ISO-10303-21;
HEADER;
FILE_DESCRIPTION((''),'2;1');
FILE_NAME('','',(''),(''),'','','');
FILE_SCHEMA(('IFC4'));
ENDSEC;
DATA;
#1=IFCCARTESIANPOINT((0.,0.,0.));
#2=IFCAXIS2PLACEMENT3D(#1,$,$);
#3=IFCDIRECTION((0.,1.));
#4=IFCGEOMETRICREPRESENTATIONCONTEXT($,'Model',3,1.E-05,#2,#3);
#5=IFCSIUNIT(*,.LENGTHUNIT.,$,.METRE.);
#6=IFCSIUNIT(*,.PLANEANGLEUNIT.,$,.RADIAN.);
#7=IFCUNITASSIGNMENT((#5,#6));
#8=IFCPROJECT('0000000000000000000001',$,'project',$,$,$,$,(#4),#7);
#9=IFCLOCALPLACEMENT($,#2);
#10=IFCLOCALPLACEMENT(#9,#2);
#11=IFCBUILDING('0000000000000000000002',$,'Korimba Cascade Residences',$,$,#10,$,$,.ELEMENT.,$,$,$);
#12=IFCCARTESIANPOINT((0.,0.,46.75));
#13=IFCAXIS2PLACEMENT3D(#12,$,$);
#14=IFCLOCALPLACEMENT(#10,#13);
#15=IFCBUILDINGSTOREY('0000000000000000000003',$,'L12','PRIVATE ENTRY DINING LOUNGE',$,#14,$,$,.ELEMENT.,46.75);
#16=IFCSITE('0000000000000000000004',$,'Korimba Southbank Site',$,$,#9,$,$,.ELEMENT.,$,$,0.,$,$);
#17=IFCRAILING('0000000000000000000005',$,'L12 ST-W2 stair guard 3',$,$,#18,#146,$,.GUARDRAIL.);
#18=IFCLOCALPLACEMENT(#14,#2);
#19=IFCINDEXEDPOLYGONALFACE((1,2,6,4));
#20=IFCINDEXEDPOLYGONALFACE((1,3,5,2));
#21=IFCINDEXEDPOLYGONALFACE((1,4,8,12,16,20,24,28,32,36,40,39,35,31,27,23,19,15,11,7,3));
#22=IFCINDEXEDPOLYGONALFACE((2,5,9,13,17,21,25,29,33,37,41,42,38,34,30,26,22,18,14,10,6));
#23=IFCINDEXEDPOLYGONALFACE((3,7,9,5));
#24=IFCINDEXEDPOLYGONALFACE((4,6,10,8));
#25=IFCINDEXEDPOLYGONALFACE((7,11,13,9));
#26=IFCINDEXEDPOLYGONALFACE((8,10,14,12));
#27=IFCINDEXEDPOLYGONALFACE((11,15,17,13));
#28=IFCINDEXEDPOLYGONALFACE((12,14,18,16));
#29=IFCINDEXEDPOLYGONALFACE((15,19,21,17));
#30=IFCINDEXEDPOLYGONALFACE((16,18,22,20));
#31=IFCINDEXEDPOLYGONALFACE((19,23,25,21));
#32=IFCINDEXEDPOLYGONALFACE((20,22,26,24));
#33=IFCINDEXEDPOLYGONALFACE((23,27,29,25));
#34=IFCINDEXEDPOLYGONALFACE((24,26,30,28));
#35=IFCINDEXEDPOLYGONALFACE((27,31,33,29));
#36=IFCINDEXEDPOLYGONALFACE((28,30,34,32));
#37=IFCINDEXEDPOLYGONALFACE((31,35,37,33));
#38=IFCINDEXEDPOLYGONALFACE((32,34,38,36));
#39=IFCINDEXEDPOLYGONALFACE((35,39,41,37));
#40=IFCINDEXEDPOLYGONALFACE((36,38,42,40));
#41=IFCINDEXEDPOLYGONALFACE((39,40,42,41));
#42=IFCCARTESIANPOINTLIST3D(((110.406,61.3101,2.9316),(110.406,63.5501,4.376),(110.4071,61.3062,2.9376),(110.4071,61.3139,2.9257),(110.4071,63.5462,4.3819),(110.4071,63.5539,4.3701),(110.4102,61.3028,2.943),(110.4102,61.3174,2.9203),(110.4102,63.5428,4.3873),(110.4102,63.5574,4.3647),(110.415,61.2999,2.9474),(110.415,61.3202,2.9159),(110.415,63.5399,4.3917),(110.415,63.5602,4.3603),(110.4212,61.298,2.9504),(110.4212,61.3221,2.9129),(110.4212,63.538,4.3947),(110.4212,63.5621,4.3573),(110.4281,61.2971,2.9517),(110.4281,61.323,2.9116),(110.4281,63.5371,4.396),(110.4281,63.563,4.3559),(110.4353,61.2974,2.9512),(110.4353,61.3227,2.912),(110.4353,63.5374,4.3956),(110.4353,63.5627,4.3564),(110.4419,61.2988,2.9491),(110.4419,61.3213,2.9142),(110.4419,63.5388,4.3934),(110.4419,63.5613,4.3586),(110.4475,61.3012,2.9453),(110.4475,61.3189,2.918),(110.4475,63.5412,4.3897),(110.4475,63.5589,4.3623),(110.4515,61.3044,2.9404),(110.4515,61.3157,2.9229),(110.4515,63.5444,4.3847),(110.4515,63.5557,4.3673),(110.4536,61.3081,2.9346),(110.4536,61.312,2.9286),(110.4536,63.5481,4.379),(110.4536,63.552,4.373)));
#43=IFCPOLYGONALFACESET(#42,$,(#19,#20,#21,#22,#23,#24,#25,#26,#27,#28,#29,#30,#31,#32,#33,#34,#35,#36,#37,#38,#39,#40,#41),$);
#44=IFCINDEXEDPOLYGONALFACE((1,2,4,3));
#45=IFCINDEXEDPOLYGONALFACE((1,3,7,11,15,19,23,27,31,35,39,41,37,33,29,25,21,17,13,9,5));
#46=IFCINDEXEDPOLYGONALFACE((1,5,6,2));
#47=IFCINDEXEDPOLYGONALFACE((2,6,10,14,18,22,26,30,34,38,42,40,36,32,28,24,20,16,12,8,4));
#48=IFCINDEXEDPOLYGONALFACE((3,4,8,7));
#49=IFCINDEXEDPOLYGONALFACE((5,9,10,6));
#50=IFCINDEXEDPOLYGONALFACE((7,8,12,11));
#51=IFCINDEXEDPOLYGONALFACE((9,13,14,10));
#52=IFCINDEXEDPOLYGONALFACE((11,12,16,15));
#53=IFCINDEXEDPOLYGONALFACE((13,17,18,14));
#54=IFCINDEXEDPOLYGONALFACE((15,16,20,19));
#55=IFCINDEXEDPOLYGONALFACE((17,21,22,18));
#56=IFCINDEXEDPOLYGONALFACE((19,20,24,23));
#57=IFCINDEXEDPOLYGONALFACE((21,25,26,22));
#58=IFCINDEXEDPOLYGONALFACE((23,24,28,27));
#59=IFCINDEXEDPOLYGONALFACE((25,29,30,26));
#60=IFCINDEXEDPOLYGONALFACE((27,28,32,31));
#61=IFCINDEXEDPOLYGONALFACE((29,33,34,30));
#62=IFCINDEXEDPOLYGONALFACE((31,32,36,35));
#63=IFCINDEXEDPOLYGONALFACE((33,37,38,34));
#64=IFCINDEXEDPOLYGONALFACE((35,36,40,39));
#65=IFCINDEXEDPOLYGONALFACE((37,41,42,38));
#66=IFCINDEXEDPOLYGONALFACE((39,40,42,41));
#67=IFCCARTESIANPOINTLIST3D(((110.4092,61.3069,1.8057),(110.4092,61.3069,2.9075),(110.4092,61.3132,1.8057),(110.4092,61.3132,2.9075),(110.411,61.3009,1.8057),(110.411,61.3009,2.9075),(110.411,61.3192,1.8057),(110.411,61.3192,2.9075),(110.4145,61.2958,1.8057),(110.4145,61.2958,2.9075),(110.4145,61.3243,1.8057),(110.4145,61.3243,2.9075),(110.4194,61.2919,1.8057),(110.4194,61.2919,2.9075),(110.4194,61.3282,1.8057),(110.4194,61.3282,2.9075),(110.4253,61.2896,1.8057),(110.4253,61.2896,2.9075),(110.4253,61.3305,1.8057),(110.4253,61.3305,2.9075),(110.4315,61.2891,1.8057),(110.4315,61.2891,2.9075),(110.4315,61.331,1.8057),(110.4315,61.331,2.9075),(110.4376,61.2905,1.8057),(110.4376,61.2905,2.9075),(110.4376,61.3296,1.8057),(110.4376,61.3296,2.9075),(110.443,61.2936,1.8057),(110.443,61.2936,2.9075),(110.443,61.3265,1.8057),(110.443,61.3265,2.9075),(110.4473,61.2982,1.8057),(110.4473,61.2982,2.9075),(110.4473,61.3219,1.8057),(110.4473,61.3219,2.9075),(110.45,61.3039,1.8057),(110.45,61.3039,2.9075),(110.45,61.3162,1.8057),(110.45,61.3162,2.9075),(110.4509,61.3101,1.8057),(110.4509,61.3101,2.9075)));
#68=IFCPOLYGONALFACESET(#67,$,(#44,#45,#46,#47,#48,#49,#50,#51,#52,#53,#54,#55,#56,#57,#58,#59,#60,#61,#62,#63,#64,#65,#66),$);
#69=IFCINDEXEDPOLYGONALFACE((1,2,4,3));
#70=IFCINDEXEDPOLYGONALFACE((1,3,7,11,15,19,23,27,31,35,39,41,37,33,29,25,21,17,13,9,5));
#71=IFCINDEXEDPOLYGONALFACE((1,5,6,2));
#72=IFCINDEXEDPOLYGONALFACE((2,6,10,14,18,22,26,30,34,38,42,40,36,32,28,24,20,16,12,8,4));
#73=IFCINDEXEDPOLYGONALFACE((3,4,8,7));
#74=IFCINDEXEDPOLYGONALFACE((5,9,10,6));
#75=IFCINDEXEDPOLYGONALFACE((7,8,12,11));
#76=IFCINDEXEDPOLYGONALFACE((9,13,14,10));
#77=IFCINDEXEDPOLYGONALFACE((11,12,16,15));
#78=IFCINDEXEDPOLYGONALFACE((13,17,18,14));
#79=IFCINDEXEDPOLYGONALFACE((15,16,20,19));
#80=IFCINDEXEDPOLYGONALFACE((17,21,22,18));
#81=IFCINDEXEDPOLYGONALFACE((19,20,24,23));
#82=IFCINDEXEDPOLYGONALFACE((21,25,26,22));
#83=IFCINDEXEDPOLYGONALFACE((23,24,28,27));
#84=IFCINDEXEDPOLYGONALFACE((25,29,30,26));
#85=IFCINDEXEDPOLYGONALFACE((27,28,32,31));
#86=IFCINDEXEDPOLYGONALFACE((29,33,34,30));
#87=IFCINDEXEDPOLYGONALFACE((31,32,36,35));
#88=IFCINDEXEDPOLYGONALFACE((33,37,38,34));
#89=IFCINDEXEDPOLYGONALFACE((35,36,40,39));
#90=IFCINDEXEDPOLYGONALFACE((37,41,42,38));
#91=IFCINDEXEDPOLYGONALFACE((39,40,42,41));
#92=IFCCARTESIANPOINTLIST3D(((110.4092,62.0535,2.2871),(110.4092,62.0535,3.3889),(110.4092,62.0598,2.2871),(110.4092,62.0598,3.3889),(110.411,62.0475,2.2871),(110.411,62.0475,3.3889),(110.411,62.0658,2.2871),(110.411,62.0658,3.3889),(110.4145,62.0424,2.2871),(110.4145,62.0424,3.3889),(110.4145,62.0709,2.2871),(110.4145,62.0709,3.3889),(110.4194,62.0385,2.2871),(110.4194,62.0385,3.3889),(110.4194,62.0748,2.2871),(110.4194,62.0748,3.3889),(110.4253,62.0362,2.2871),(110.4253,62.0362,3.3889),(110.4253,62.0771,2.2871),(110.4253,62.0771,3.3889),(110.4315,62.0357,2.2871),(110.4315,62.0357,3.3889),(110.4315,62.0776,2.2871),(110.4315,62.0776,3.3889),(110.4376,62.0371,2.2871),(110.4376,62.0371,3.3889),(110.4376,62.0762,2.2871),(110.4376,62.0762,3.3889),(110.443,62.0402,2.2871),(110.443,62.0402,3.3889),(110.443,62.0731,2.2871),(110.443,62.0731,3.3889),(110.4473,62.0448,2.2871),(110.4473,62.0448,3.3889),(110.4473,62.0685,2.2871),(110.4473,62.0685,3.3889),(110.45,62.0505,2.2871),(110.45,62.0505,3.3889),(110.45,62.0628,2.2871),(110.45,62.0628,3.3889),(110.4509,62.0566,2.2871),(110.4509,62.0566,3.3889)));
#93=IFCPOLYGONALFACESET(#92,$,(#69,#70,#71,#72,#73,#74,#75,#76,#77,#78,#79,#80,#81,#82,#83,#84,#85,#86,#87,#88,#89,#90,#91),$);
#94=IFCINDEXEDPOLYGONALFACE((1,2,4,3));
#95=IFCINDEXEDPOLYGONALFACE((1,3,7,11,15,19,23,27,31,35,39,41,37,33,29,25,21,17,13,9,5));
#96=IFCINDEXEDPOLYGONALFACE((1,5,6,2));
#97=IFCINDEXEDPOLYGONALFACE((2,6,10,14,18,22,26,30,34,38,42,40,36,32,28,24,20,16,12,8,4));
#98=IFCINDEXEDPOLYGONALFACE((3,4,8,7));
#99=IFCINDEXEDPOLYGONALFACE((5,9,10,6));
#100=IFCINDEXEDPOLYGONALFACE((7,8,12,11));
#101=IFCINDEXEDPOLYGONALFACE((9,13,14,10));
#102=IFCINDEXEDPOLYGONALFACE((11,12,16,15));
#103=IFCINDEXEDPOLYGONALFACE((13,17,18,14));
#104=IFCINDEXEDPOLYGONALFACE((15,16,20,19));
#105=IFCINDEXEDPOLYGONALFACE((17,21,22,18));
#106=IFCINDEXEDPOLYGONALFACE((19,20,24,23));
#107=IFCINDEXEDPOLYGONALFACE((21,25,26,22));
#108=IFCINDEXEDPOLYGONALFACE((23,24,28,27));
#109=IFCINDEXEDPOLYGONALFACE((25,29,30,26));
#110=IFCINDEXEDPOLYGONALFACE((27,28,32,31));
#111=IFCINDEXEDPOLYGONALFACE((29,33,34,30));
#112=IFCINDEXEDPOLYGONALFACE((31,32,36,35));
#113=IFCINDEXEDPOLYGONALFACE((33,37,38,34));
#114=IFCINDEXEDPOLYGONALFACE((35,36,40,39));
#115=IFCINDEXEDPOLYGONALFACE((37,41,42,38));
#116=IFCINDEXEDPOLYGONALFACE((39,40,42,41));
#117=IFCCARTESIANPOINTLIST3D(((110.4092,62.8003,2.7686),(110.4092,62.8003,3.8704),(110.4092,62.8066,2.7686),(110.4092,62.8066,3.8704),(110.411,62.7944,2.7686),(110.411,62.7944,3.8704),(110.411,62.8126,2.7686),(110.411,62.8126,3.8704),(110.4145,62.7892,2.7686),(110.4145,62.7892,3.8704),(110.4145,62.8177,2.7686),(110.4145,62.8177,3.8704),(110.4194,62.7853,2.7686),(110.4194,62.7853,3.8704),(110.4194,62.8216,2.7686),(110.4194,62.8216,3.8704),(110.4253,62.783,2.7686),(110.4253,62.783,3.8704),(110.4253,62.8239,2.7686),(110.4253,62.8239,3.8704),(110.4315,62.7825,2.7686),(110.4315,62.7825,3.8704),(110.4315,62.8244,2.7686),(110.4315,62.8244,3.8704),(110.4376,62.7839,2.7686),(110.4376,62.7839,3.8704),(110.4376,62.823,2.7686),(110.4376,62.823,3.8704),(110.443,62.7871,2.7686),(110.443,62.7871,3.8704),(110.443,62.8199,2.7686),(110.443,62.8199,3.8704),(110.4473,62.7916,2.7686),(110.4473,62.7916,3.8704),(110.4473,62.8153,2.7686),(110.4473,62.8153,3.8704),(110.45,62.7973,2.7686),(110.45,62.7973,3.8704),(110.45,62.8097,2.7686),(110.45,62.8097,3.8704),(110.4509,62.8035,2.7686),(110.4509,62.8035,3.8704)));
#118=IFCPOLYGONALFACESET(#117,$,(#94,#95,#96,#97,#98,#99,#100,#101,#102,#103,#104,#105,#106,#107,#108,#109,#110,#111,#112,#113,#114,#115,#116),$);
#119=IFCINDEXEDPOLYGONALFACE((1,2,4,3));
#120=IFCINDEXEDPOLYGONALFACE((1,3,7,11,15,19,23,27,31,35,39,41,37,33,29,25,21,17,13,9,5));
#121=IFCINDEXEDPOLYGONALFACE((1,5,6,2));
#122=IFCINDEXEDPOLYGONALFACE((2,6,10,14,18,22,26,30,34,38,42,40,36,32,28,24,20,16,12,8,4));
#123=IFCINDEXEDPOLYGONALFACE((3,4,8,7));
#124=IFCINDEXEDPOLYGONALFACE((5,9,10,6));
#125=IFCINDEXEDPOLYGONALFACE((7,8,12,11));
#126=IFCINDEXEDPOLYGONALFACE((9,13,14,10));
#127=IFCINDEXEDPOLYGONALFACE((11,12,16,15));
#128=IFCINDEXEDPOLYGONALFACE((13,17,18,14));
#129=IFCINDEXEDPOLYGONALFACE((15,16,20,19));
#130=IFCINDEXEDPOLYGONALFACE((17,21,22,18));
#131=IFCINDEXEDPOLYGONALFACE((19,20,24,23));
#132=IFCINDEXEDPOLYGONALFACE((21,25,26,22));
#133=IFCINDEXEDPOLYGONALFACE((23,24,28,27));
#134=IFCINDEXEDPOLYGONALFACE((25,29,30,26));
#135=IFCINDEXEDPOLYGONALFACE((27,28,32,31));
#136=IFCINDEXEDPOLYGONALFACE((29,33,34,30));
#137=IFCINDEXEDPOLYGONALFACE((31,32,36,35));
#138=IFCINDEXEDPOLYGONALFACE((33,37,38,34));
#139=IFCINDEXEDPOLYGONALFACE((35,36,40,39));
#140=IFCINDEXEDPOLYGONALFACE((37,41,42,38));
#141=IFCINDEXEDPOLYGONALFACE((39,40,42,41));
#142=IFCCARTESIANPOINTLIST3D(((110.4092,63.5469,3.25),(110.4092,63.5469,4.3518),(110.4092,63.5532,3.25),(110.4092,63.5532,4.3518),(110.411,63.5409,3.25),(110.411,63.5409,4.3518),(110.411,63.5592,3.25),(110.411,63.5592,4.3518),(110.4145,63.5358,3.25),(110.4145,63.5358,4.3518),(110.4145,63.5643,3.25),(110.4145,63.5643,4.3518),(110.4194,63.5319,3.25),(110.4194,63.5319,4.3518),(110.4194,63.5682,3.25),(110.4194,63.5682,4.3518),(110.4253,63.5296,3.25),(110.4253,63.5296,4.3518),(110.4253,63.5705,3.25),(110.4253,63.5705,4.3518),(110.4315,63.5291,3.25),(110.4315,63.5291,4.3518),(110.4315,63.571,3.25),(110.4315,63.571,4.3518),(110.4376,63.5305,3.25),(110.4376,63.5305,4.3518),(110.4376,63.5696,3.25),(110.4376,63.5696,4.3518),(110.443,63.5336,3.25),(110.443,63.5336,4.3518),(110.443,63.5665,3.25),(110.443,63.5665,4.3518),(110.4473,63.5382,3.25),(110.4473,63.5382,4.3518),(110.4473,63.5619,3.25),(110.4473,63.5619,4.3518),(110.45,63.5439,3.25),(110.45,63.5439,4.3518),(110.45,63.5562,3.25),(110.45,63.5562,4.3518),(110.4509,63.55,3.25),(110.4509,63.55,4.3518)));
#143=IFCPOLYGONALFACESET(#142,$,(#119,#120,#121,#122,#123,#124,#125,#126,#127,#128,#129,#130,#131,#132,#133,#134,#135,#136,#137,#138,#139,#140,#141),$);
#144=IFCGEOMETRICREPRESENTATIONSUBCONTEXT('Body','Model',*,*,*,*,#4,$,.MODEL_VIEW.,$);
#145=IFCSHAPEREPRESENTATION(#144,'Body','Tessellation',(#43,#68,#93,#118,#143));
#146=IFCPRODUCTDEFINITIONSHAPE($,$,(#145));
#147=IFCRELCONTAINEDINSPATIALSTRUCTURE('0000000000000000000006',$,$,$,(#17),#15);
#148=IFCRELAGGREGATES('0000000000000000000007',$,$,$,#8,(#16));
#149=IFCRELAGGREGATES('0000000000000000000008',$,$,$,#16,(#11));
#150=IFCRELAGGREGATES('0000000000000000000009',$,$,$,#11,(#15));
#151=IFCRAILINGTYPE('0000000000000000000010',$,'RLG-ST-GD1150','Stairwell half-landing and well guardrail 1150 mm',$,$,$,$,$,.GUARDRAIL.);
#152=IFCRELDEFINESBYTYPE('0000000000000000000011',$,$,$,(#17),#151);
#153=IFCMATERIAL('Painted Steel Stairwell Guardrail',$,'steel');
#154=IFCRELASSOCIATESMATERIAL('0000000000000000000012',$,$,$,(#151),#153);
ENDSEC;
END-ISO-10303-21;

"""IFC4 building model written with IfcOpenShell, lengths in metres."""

from ifc_helpers import new_model, si_unit, direction, frame, origin, origin_2d, place, context, subcontext, project, spatial, circle, extrude, material, type_object, element, save


model = new_model("IFC4")

# Units and contexts
model_context = context("Model", 3, precision=1e-05, world=origin(), true_north=direction((0.0, 1.0)))
body_context = subcontext(model_context, "Body", "Model", "MODEL_VIEW")
ifc_project = project(units=[si_unit("LENGTHUNIT", "METRE"), si_unit("PLANEANGLEUNIT", "RADIAN")], contexts=[model_context])

# Site, building, storey
site_placement = place(None, origin())
site = spatial("IfcSite", under=ifc_project, at=site_placement, Name="Korimba Southbank Site", CompositionType="ELEMENT", RefElevation=0.0)
building_placement = place(site_placement, origin())
building = spatial("IfcBuilding", under=site, at=building_placement, Name="Korimba Cascade Residences", CompositionType="ELEMENT")
storey_placement = place(building_placement, frame((0.0, 0.0, 46.75)))
storey = spatial("IfcBuildingStorey", under=building, at=storey_placement, Name="L12", Description="PRIVATE ENTRY DINING LOUNGE", CompositionType="ELEMENT", Elevation=46.75)

# Railing
ifc_material_1 = material(Name="Painted Steel Stairwell Guardrail", Category="steel")
railing_type_1 = type_object("IfcRailingType", Name="RLG-ST-GD1150", Description="Stairwell half-landing and well guardrail 1150 mm", PredefinedType="GUARDRAIL", material=ifc_material_1)
railing_1_placement = place(storey_placement, frame((110.4299, 61.3101, 1.8057)))
element("IfcRailing", 1, at=railing_1_placement, inside=storey, type_object=railing_type_1, Name="L12 ST-W2 stair guard 3", PredefinedType="GUARDRAIL", context=body_context, shape_type="SweptSolid", body=[
    extrude(circle(Radius=0.0239, at=origin_2d()), frame((0.0, 0.0, 1.126), z_axis=(0.0, 0.840437, 0.54191), x_axis=(-1.0, 0.0, 0.0)), (0.0, 0.0, 1.0), 2.6653),
    extrude(circle(Radius=0.021, at=origin_2d()), origin(), (0.0, 0.0, 1.0), 1.1018),
    extrude(circle(Radius=0.021, at=origin_2d()), frame((0.0, 0.7466, 0.4814)), (0.0, 0.0, 1.0), 1.1018),
    extrude(circle(Radius=0.021, at=origin_2d()), frame((0.0, 1.4934, 0.9629)), (0.0, 0.0, 1.0), 1.1018),
    extrude(circle(Radius=0.021, at=origin_2d()), frame((0.0, 2.24, 1.4443)), (0.0, 0.0, 1.0), 1.1018),
])

save(model, "model.ifc")
